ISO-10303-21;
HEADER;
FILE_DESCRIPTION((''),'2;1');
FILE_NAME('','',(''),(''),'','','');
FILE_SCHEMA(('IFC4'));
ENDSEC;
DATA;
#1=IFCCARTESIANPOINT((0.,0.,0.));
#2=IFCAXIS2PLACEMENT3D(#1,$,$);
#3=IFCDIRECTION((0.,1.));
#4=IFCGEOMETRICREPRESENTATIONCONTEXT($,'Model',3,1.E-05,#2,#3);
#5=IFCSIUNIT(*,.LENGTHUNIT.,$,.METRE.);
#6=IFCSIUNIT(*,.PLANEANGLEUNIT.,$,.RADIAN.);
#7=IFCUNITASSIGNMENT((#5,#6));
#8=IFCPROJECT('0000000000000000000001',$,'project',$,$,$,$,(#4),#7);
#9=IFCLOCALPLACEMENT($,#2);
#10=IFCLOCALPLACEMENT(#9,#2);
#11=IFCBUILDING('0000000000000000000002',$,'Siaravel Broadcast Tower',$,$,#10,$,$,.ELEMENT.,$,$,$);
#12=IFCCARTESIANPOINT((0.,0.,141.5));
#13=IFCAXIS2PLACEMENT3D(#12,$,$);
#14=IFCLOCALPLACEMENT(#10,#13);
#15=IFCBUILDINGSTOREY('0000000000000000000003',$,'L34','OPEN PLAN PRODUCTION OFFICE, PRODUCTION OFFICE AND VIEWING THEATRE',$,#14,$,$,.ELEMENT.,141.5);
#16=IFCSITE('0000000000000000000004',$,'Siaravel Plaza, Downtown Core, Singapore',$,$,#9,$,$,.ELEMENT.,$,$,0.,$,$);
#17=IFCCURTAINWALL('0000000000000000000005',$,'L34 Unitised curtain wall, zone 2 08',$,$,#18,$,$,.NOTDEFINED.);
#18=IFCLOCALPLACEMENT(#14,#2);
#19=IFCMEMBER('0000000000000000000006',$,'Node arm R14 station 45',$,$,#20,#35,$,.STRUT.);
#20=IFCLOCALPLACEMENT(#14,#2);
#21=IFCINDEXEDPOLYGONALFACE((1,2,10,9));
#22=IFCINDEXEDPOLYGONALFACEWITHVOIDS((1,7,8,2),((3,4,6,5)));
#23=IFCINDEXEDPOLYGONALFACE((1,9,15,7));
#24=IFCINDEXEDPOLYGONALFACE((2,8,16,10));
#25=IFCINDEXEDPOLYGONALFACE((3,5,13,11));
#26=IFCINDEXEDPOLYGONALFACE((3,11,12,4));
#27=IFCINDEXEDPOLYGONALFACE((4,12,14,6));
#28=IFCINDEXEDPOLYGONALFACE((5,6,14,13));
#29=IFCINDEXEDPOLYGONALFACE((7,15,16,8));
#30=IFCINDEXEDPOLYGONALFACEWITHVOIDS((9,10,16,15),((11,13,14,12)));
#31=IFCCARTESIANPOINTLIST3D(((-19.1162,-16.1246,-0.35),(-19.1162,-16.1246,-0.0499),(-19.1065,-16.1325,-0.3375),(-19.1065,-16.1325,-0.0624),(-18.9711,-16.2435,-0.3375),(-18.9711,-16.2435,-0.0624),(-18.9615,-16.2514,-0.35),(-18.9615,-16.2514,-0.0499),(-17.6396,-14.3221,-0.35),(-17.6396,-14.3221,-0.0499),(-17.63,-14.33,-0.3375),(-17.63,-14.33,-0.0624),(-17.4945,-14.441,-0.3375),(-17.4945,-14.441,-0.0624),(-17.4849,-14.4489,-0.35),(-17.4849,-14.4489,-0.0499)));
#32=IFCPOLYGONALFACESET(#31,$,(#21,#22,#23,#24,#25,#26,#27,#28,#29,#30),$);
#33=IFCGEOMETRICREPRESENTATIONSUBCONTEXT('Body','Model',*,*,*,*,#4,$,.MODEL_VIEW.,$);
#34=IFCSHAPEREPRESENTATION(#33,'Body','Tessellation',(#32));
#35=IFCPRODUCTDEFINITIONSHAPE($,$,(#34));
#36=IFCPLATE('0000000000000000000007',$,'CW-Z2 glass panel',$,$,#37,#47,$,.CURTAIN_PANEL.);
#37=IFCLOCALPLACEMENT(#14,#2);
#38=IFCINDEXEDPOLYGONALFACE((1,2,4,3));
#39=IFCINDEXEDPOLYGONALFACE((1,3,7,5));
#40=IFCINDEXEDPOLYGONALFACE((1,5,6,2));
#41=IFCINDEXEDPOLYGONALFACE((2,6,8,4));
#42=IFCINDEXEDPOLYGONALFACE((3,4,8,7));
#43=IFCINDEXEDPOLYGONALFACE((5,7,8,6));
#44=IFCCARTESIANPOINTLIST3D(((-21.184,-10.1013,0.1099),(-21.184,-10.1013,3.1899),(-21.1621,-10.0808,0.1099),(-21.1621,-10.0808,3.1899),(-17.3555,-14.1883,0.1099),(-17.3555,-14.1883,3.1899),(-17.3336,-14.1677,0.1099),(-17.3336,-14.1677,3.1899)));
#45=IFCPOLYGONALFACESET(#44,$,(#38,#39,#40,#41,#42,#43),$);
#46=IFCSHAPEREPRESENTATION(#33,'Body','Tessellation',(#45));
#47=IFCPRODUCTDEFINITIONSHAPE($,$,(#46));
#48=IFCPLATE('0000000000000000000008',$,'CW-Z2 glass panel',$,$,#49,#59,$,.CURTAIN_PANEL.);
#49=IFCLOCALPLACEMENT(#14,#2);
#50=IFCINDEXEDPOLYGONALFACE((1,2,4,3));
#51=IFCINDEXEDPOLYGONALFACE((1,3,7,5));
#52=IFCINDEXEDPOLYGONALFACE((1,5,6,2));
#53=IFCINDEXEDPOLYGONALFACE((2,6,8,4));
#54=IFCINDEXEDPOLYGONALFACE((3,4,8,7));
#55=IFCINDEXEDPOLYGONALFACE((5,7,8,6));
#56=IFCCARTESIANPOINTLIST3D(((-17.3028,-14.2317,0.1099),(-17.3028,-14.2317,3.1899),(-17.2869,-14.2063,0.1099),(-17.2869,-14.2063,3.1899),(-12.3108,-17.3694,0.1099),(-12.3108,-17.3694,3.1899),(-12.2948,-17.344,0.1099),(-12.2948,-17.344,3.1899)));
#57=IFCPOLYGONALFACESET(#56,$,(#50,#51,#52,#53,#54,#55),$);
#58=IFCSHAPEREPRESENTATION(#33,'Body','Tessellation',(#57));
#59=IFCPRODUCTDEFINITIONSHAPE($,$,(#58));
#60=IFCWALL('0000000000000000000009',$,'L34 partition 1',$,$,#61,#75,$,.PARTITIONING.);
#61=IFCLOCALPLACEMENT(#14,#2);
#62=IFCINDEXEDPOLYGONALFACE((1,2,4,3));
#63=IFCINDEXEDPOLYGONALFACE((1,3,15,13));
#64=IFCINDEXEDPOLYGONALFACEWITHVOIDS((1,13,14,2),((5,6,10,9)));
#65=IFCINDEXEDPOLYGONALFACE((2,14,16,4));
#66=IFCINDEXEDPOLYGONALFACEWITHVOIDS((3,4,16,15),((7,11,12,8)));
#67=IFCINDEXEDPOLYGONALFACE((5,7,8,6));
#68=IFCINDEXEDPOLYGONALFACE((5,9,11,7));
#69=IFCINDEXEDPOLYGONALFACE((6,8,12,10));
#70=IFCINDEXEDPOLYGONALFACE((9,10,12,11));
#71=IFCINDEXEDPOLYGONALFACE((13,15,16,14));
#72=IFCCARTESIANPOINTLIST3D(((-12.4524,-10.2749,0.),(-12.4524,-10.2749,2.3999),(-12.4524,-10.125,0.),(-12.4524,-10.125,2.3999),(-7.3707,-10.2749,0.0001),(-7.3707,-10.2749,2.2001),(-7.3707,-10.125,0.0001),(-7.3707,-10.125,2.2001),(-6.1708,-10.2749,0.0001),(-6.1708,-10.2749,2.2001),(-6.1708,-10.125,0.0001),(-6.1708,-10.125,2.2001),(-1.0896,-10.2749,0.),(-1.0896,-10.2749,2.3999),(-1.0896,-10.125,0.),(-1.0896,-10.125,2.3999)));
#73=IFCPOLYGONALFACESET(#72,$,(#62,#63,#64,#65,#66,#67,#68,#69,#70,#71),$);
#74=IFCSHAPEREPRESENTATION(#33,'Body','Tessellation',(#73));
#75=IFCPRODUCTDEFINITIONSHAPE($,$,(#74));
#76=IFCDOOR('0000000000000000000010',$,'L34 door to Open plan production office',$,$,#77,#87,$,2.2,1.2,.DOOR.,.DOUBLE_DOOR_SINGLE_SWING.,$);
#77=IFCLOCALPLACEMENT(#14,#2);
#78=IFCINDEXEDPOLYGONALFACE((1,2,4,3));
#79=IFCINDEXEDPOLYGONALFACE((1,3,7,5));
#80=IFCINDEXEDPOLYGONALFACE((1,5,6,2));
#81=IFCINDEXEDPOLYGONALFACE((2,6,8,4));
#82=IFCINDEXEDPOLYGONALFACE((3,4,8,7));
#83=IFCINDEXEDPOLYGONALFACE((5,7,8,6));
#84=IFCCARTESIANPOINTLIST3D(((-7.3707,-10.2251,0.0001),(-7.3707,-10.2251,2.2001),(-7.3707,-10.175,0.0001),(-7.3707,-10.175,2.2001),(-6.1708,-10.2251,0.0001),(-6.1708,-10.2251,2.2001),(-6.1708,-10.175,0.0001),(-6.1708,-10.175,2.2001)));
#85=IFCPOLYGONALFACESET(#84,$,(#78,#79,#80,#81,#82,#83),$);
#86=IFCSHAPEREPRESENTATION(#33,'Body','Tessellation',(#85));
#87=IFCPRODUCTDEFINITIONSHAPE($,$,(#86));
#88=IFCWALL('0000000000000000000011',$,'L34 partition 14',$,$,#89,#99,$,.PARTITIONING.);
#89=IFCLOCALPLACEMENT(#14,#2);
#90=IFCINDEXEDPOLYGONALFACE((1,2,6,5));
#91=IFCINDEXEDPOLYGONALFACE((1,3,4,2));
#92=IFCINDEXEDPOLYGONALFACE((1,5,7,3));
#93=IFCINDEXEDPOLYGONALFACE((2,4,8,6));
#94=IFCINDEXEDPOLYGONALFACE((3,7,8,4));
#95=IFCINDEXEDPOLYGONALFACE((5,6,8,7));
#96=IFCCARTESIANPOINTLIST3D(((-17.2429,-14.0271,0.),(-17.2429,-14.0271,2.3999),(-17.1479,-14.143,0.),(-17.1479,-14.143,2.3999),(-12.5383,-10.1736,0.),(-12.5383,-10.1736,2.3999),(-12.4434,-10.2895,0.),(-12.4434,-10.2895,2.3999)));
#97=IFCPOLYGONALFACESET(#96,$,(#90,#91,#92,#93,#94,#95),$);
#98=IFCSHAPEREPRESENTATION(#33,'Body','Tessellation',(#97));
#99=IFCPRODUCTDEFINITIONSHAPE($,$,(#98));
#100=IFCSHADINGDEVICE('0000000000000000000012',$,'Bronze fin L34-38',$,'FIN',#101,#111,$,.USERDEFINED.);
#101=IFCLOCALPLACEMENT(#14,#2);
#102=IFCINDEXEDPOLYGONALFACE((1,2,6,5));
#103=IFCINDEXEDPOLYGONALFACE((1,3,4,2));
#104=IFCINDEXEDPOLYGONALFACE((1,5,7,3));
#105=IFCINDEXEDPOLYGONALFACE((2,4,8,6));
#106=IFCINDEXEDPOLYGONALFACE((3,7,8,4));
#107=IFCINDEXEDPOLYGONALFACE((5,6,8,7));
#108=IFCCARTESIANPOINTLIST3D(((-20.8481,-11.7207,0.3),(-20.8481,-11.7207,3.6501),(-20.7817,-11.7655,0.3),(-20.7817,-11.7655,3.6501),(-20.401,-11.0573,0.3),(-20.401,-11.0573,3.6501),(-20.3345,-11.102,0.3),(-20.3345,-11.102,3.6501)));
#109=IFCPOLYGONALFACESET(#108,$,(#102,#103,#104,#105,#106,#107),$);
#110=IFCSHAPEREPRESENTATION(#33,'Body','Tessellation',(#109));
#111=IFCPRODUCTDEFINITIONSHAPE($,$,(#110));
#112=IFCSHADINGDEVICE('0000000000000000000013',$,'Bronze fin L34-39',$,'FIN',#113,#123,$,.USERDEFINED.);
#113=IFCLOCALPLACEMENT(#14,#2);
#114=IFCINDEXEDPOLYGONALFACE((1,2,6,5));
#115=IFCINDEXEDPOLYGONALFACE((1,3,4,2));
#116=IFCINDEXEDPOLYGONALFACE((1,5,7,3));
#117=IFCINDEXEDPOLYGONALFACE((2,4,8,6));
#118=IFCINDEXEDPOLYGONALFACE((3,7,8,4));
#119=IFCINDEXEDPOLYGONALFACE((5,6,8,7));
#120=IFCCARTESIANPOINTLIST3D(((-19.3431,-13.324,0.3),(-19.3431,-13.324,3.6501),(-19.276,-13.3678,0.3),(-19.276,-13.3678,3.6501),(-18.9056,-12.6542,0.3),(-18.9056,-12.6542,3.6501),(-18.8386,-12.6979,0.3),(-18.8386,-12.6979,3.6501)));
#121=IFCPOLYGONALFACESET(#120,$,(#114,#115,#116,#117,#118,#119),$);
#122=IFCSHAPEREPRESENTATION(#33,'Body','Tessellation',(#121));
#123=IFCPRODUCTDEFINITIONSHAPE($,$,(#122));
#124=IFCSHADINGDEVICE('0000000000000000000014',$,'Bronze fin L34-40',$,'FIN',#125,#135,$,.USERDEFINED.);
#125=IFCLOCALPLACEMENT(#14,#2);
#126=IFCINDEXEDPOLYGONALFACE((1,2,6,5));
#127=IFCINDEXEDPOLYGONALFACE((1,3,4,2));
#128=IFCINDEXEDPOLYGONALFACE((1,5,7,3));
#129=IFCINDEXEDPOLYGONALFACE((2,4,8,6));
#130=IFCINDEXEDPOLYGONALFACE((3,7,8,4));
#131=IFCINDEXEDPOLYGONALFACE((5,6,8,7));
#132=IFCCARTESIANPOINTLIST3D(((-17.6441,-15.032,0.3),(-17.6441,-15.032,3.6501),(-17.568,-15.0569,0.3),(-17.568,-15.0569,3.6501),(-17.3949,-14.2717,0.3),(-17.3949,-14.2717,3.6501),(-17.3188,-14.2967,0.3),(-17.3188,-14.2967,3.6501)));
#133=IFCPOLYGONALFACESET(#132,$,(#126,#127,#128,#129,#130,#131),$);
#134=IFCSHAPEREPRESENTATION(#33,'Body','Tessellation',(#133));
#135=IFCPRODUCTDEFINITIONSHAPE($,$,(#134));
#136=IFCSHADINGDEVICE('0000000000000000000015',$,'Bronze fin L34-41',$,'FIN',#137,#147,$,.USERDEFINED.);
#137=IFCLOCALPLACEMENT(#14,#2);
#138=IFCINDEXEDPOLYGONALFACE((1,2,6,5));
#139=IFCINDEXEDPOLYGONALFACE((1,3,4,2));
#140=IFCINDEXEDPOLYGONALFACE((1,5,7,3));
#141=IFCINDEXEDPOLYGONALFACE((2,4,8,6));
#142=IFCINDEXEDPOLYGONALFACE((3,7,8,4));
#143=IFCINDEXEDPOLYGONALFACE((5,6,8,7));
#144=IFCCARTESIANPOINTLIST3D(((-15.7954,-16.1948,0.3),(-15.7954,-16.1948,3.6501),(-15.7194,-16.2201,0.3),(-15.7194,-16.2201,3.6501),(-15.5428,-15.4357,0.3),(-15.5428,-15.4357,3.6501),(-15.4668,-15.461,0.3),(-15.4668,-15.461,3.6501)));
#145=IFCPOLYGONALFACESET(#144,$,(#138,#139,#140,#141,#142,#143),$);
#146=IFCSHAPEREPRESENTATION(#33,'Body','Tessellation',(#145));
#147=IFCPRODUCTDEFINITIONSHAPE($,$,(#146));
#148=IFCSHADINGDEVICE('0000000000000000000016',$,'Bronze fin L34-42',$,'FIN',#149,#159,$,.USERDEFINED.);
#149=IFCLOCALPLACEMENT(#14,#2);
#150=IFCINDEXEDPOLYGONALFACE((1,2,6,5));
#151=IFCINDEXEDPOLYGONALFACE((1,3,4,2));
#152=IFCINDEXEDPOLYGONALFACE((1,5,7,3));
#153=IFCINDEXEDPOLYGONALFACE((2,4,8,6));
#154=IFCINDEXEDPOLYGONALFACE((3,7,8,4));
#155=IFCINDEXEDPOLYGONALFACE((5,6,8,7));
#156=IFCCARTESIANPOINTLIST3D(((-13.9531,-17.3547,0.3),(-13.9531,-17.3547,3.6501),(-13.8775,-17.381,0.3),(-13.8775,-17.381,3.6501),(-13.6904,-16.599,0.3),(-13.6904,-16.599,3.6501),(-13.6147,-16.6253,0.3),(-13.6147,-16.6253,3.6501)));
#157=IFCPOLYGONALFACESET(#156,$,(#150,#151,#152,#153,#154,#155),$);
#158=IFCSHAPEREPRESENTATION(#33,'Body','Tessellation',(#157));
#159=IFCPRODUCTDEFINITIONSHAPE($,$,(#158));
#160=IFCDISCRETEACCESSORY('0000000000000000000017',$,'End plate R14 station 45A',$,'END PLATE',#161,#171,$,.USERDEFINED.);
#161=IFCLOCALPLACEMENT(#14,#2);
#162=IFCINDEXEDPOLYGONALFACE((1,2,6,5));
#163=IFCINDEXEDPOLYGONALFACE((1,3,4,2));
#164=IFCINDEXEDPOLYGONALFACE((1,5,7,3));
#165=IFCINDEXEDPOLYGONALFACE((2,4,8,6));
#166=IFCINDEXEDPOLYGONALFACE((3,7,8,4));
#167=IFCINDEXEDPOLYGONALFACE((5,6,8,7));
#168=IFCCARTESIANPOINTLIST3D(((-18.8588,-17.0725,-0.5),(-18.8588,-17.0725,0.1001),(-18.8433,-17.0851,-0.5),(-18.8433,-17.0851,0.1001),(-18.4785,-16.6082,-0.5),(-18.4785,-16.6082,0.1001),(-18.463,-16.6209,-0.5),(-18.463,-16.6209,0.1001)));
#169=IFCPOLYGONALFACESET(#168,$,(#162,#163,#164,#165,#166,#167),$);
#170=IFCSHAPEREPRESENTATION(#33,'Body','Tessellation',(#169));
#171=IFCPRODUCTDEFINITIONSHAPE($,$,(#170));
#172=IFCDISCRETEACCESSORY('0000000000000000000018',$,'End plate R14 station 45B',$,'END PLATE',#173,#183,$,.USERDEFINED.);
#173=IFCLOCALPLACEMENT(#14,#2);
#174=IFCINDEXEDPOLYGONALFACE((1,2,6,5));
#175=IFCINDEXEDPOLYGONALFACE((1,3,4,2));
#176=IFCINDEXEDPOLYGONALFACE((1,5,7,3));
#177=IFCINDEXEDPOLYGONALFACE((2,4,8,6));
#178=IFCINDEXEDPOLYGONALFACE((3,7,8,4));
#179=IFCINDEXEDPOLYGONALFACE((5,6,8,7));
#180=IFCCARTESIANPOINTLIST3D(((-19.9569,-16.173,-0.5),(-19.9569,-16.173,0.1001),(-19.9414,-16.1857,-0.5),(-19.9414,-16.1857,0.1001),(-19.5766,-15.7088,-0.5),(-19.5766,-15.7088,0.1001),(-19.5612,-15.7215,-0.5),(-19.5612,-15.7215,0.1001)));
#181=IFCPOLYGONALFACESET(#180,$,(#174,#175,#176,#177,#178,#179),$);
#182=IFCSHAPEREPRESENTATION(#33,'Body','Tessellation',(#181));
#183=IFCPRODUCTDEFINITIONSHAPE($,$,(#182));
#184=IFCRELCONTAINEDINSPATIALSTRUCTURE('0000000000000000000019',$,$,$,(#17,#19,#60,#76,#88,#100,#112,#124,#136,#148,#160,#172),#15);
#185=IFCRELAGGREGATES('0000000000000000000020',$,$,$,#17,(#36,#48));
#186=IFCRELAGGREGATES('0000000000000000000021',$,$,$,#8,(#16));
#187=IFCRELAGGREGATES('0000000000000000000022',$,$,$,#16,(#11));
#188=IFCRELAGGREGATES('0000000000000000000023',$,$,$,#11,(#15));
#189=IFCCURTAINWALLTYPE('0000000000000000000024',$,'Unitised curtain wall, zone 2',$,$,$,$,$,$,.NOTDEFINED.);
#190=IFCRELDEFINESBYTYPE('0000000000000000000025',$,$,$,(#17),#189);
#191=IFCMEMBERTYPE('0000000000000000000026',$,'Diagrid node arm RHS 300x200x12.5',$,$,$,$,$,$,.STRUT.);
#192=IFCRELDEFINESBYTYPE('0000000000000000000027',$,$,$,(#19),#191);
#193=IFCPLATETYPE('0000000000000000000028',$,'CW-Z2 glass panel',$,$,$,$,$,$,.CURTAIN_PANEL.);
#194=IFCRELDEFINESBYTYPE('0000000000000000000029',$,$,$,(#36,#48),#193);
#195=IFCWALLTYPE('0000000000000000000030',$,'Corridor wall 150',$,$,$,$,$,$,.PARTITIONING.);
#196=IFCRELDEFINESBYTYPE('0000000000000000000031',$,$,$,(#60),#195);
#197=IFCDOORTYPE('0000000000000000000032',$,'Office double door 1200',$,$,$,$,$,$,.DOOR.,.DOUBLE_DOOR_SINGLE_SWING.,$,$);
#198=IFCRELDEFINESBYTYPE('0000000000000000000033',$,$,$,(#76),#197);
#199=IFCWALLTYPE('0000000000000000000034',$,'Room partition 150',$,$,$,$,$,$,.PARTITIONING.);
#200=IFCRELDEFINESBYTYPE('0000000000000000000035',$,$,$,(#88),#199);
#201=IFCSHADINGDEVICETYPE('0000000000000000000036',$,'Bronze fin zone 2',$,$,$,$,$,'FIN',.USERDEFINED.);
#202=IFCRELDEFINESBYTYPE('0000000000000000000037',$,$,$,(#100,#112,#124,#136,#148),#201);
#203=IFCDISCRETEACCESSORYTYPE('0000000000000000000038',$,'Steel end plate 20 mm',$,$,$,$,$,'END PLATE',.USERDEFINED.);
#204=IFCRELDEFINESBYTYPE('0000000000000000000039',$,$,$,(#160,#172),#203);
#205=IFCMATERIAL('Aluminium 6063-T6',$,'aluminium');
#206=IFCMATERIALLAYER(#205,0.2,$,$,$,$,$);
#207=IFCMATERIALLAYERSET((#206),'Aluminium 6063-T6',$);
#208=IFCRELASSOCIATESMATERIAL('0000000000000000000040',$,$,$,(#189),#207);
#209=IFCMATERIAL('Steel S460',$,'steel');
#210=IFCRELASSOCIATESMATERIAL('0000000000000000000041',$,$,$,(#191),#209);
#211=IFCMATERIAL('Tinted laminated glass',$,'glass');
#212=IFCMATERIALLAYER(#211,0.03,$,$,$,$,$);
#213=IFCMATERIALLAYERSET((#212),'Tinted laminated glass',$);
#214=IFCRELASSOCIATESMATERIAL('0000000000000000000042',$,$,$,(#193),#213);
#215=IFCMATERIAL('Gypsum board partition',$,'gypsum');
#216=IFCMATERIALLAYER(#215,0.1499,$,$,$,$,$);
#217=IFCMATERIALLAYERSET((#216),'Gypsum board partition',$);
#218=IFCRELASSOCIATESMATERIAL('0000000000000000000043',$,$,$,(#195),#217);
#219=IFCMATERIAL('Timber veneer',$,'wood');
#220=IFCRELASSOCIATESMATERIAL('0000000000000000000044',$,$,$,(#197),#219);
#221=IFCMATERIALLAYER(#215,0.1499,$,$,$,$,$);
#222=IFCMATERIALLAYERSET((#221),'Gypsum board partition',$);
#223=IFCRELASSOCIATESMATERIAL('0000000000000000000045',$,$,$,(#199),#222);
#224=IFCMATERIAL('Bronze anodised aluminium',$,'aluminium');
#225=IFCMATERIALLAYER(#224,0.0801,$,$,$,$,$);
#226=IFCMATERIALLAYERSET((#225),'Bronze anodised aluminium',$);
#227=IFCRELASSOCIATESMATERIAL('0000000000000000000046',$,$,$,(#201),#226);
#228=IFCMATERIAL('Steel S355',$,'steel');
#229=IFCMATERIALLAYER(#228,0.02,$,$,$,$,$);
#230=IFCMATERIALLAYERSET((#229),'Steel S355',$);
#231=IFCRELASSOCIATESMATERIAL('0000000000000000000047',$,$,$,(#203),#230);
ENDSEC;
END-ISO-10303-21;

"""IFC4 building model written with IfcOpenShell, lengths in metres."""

from ifc_helpers import new_model, si_unit, direction, frame, frame_2d, origin, origin_2d, place, context, subcontext, project, spatial, rectangle, hollow_rectangle, extrude, material, layer, layer_set, material_profile, profile_set, type_object, element, fill, aggregate, save


model = new_model("IFC4")

# Units and contexts
model_context = context("Model", 3, precision=1e-05, world=origin(), true_north=direction((0.0, 1.0)))
body_context = subcontext(model_context, "Body", "Model", "MODEL_VIEW")
ifc_project = project(units=[si_unit("LENGTHUNIT", "METRE"), si_unit("PLANEANGLEUNIT", "RADIAN")], contexts=[model_context])

# Site, building, storey
site_placement = place(None, origin())
site = spatial("IfcSite", under=ifc_project, at=site_placement, Name="Siaravel Plaza, Downtown Core, Singapore", CompositionType="ELEMENT", RefElevation=0.0)
building_placement = place(site_placement, origin())
building = spatial("IfcBuilding", under=site, at=building_placement, Name="Siaravel Broadcast Tower", CompositionType="ELEMENT")
storey_placement = place(building_placement, frame((0.0, 0.0, 141.5)))
storey = spatial("IfcBuildingStorey", under=building, at=storey_placement, Name="L34", Description="OPEN PLAN PRODUCTION OFFICE, PRODUCTION OFFICE AND VIEWING THEATRE", CompositionType="ELEMENT", Elevation=141.5)

# Shared definitions
ifc_material_1 = material(Name="Steel S355", Category="steel")

# Shared definitions
ifc_material_2 = material(Name="Aluminium 6063-T6", Category="aluminium")
ifc_layer_1 = layer(ifc_material_2, 0.2)
ifc_layer_set_1 = layer_set([ifc_layer_1], Name="Aluminium 6063-T6")
curtain_wall_type = type_object("IfcCurtainWallType", Name="Unitised curtain wall, zone 2", PredefinedType="NOTDEFINED", material=ifc_layer_set_1)

# Curtain wall
curtain_wall_1_placement = place(storey_placement, origin())
curtain_wall_1 = element("IfcCurtainWall", 1, at=curtain_wall_1_placement, inside=storey, type_object=curtain_wall_type, Name="L34 Unitised curtain wall, zone 2 08", PredefinedType="NOTDEFINED")

# Member
ifc_material_3 = material(Name="Steel S460", Category="steel")
ifc_material_profile_1 = material_profile(ifc_material_3, hollow_rectangle(XDim=0.2, YDim=0.3, WallThickness=0.0125, at=origin_2d()))
ifc_profile_set_1 = profile_set([ifc_material_profile_1], Name="Steel S460")
member_type_1 = type_object("IfcMemberType", Name="Diagrid node arm RHS 300x200x12.5", PredefinedType="STRUT", material=ifc_profile_set_1)
member_1_placement = place(storey_placement, frame((-17.5623, -14.3855, -0.2), z_axis=(-0.6337, -0.773579, 0.0), x_axis=(0.773579, -0.6337, 0.0)))
element("IfcMember", 2, at=member_1_placement, inside=storey, type_object=member_type_1, Name="Node arm R14 station 45", PredefinedType="STRUT", context=body_context, shape_type="SweptSolid", body=[
    extrude(hollow_rectangle(XDim=0.2, YDim=0.3, WallThickness=0.0125, at=origin_2d()), origin(), (0.0, 0.0, 1.0), 2.3301),
])

# Plates
ifc_material_4 = material(Name="Tinted laminated glass", Category="glass")
ifc_layer_2 = layer(ifc_material_4, 0.03)
ifc_layer_set_2 = layer_set([ifc_layer_2], Name="Tinted laminated glass")
plate_type = type_object("IfcPlateType", Name="CW-Z2 glass panel", PredefinedType="CURTAIN_PANEL", material=ifc_layer_set_2)
plate_1_placement = place(storey_placement, frame((-19.2588, -12.1345, 0.1099), z_axis=(0.0, 0.0, 1.0), x_axis=(0.683655, -0.729806, 0.0)))
plate_1 = element("IfcPlate", 3, at=plate_1_placement, type_object=plate_type, Name="CW-Z2 glass panel", PredefinedType="CURTAIN_PANEL", context=body_context, shape_type="SweptSolid", body=[
    extrude(rectangle(XDim=5.6001, YDim=0.03, at=origin_2d()), origin(), (0.0, 0.0, 1.0), 3.0801),
])
plate_2_placement = place(storey_placement, frame((-14.7988, -15.7878, 0.1099), z_axis=(0.0, 0.0, 1.0), x_axis=(0.84665, -0.53215, 0.0)))
plate_2 = element("IfcPlate", 4, at=plate_2_placement, type_object=plate_type, Name="CW-Z2 glass panel", PredefinedType="CURTAIN_PANEL", context=body_context, shape_type="SweptSolid", body=[
    extrude(rectangle(XDim=5.8962, YDim=0.03, at=origin_2d()), origin(), (0.0, 0.0, 1.0), 3.0801),
])
aggregate(curtain_wall_1, [plate_1, plate_2])

# Wall, opening, door
ifc_material_5 = material(Name="Gypsum board partition", Category="gypsum")
ifc_layer_3 = layer(ifc_material_5, 0.1499)
ifc_layer_set_3 = layer_set([ifc_layer_3], Name="Gypsum board partition")
wall_type_1 = type_object("IfcWallType", Name="Corridor wall 150", PredefinedType="PARTITIONING", material=ifc_layer_set_3)
wall_1_placement = place(storey_placement, frame((-12.4524, -10.2, 0.0), z_axis=(0.0, 0.0, 1.0), x_axis=(1.0, 0.0, 0.0)))
wall_1 = element("IfcWall", 5, at=wall_1_placement, inside=storey, type_object=wall_type_1, Name="L34 partition 1", PredefinedType="PARTITIONING", context=body_context, shape_type="SweptSolid", body=[
    extrude(rectangle(XDim=11.3628, YDim=0.1499, at=frame_2d((5.6814, 0.0))), origin(), (0.0, 0.0, 1.0), 2.3999),
])
opening_1_placement = place(wall_1_placement, frame((5.0815, 0.0, 0.0)))
opening_1 = element("IfcOpeningElement", 6, at=opening_1_placement, cuts=wall_1, PredefinedType="OPENING", context=body_context, shape_type="SweptSolid", body=[
    extrude(rectangle(XDim=1.2, YDim=2.2, at=frame_2d((0.6001, 1.1001))), frame((0.0, 0.085, 0.0), z_axis=(0.0, -1.0, 0.0), x_axis=(1.0, 0.0, 0.0)), (0.0, 0.0, 1.0), 0.1699),
])
ifc_material_6 = material(Name="Timber veneer", Category="wood")
door_type_1 = type_object("IfcDoorType", Name="Office double door 1200", OperationType="DOUBLE_DOOR_SINGLE_SWING", PredefinedType="DOOR", material=ifc_material_6)
door_1_placement = place(opening_1_placement, origin())
door_1 = element("IfcDoor", 7, at=door_1_placement, inside=storey, type_object=door_type_1, Name="L34 door to Open plan production office", OperationType="DOUBLE_DOOR_SINGLE_SWING", OverallHeight=2.2, OverallWidth=1.2, PredefinedType="DOOR", context=body_context, shape_type="SweptSolid", body=[
    extrude(rectangle(XDim=1.2, YDim=2.2, at=frame_2d((0.6001, 1.1001))), frame((0.0, 0.0249, 0.0), z_axis=(0.0, -1.0, 0.0), x_axis=(1.0, 0.0, 0.0)), (0.0, 0.0, 1.0), 0.05),
])
fill(opening_1, door_1)

# Wall
ifc_layer_4 = layer(ifc_material_5, 0.1499)
ifc_layer_set_4 = layer_set([ifc_layer_4], Name="Gypsum board partition")
wall_type_2 = type_object("IfcWallType", Name="Room partition 150", PredefinedType="PARTITIONING", material=ifc_layer_set_4)
wall_2_placement = place(storey_placement, frame((-17.1953, -14.085, 0.0), z_axis=(0.0, 0.0, 1.0), x_axis=(0.77361, 0.633662, 0.0)))
element("IfcWall", 8, at=wall_2_placement, inside=storey, type_object=wall_type_2, Name="L34 partition 14", PredefinedType="PARTITIONING", context=body_context, shape_type="SweptSolid", body=[
    extrude(rectangle(XDim=6.0813, YDim=0.1499, at=frame_2d((3.0405, 0.0))), origin(), (0.0, 0.0, 1.0), 2.3999),
])

# Shading devices
ifc_material_7 = material(Name="Bronze anodised aluminium", Category="aluminium")
ifc_layer_5 = layer(ifc_material_7, 0.0801)
ifc_layer_set_5 = layer_set([ifc_layer_5], Name="Bronze anodised aluminium")
shading_device_type = type_object("IfcShadingDeviceType", Name="Bronze fin zone 2", ElementType="FIN", PredefinedType="USERDEFINED", material=ifc_layer_set_5)
for number, where, z_axis, x_axis, name in (
    (9, (-20.5913, -11.4114, 0.3), (0.0, 0.0, 1.0), (-0.558869, -0.829256, 0.0), "Bronze fin L34-38"),
    (10, (-19.0908, -13.011, 0.3), (0.0, 0.0, 1.0), (-0.546758, -0.837291, 0.0), "Bronze fin L34-39"),
    (11, (-17.4814, -14.6643, 0.3), (0.0, 0.0, 1.0), (-0.311521, -0.950239, 0.0), "Bronze fin L34-40"),
    (12, (-15.6311, -15.8279, 0.3), (0.0, 0.0, 1.0), (-0.315821, -0.948819, 0.0), "Bronze fin L34-41"),
    (13, (-13.7839, -16.99, 0.3), (0.0, 0.0, 1.0), (-0.32845, -0.944521, 0.0), "Bronze fin L34-42"),
):
    element("IfcShadingDevice", number, at=place(storey_placement, frame(where, z_axis=z_axis, x_axis=x_axis)), inside=storey, type_object=shading_device_type, Name=name, ObjectType="FIN", PredefinedType="USERDEFINED", context=body_context, shape_type="SweptSolid", body=[
        extrude(rectangle(XDim=0.8, YDim=0.0801, at=origin_2d()), origin(), (0.0, 0.0, 1.0), 3.3501),
    ])

# Discrete accessories
ifc_layer_6 = layer(ifc_material_1, 0.02)
ifc_layer_set_6 = layer_set([ifc_layer_6], Name="Steel S355")
discrete_accessory_type = type_object("IfcDiscreteAccessoryType", Name="Steel end plate 20 mm", ElementType="END PLATE", PredefinedType="USERDEFINED", material=ifc_layer_set_6)
for number, where, z_axis, x_axis, name in (
    (14, (-18.6609, -16.8467, -0.5), (0.0, 0.0, 1.0), (0.773602, -0.633671, 0.0), "End plate R14 station 45A"),
    (15, (-19.759, -15.9473, -0.5), (0.0, 0.0, 1.0), (0.773602, -0.633671, 0.0), "End plate R14 station 45B"),
):
    element("IfcDiscreteAccessory", number, at=place(storey_placement, frame(where, z_axis=z_axis, x_axis=x_axis)), inside=storey, type_object=discrete_accessory_type, Name=name, ObjectType="END PLATE", PredefinedType="USERDEFINED", context=body_context, shape_type="SweptSolid", body=[
        extrude(rectangle(XDim=0.02, YDim=0.6001, at=origin_2d()), origin(), (0.0, 0.0, 1.0), 0.6001),
    ])

save(model, "model.ifc")
